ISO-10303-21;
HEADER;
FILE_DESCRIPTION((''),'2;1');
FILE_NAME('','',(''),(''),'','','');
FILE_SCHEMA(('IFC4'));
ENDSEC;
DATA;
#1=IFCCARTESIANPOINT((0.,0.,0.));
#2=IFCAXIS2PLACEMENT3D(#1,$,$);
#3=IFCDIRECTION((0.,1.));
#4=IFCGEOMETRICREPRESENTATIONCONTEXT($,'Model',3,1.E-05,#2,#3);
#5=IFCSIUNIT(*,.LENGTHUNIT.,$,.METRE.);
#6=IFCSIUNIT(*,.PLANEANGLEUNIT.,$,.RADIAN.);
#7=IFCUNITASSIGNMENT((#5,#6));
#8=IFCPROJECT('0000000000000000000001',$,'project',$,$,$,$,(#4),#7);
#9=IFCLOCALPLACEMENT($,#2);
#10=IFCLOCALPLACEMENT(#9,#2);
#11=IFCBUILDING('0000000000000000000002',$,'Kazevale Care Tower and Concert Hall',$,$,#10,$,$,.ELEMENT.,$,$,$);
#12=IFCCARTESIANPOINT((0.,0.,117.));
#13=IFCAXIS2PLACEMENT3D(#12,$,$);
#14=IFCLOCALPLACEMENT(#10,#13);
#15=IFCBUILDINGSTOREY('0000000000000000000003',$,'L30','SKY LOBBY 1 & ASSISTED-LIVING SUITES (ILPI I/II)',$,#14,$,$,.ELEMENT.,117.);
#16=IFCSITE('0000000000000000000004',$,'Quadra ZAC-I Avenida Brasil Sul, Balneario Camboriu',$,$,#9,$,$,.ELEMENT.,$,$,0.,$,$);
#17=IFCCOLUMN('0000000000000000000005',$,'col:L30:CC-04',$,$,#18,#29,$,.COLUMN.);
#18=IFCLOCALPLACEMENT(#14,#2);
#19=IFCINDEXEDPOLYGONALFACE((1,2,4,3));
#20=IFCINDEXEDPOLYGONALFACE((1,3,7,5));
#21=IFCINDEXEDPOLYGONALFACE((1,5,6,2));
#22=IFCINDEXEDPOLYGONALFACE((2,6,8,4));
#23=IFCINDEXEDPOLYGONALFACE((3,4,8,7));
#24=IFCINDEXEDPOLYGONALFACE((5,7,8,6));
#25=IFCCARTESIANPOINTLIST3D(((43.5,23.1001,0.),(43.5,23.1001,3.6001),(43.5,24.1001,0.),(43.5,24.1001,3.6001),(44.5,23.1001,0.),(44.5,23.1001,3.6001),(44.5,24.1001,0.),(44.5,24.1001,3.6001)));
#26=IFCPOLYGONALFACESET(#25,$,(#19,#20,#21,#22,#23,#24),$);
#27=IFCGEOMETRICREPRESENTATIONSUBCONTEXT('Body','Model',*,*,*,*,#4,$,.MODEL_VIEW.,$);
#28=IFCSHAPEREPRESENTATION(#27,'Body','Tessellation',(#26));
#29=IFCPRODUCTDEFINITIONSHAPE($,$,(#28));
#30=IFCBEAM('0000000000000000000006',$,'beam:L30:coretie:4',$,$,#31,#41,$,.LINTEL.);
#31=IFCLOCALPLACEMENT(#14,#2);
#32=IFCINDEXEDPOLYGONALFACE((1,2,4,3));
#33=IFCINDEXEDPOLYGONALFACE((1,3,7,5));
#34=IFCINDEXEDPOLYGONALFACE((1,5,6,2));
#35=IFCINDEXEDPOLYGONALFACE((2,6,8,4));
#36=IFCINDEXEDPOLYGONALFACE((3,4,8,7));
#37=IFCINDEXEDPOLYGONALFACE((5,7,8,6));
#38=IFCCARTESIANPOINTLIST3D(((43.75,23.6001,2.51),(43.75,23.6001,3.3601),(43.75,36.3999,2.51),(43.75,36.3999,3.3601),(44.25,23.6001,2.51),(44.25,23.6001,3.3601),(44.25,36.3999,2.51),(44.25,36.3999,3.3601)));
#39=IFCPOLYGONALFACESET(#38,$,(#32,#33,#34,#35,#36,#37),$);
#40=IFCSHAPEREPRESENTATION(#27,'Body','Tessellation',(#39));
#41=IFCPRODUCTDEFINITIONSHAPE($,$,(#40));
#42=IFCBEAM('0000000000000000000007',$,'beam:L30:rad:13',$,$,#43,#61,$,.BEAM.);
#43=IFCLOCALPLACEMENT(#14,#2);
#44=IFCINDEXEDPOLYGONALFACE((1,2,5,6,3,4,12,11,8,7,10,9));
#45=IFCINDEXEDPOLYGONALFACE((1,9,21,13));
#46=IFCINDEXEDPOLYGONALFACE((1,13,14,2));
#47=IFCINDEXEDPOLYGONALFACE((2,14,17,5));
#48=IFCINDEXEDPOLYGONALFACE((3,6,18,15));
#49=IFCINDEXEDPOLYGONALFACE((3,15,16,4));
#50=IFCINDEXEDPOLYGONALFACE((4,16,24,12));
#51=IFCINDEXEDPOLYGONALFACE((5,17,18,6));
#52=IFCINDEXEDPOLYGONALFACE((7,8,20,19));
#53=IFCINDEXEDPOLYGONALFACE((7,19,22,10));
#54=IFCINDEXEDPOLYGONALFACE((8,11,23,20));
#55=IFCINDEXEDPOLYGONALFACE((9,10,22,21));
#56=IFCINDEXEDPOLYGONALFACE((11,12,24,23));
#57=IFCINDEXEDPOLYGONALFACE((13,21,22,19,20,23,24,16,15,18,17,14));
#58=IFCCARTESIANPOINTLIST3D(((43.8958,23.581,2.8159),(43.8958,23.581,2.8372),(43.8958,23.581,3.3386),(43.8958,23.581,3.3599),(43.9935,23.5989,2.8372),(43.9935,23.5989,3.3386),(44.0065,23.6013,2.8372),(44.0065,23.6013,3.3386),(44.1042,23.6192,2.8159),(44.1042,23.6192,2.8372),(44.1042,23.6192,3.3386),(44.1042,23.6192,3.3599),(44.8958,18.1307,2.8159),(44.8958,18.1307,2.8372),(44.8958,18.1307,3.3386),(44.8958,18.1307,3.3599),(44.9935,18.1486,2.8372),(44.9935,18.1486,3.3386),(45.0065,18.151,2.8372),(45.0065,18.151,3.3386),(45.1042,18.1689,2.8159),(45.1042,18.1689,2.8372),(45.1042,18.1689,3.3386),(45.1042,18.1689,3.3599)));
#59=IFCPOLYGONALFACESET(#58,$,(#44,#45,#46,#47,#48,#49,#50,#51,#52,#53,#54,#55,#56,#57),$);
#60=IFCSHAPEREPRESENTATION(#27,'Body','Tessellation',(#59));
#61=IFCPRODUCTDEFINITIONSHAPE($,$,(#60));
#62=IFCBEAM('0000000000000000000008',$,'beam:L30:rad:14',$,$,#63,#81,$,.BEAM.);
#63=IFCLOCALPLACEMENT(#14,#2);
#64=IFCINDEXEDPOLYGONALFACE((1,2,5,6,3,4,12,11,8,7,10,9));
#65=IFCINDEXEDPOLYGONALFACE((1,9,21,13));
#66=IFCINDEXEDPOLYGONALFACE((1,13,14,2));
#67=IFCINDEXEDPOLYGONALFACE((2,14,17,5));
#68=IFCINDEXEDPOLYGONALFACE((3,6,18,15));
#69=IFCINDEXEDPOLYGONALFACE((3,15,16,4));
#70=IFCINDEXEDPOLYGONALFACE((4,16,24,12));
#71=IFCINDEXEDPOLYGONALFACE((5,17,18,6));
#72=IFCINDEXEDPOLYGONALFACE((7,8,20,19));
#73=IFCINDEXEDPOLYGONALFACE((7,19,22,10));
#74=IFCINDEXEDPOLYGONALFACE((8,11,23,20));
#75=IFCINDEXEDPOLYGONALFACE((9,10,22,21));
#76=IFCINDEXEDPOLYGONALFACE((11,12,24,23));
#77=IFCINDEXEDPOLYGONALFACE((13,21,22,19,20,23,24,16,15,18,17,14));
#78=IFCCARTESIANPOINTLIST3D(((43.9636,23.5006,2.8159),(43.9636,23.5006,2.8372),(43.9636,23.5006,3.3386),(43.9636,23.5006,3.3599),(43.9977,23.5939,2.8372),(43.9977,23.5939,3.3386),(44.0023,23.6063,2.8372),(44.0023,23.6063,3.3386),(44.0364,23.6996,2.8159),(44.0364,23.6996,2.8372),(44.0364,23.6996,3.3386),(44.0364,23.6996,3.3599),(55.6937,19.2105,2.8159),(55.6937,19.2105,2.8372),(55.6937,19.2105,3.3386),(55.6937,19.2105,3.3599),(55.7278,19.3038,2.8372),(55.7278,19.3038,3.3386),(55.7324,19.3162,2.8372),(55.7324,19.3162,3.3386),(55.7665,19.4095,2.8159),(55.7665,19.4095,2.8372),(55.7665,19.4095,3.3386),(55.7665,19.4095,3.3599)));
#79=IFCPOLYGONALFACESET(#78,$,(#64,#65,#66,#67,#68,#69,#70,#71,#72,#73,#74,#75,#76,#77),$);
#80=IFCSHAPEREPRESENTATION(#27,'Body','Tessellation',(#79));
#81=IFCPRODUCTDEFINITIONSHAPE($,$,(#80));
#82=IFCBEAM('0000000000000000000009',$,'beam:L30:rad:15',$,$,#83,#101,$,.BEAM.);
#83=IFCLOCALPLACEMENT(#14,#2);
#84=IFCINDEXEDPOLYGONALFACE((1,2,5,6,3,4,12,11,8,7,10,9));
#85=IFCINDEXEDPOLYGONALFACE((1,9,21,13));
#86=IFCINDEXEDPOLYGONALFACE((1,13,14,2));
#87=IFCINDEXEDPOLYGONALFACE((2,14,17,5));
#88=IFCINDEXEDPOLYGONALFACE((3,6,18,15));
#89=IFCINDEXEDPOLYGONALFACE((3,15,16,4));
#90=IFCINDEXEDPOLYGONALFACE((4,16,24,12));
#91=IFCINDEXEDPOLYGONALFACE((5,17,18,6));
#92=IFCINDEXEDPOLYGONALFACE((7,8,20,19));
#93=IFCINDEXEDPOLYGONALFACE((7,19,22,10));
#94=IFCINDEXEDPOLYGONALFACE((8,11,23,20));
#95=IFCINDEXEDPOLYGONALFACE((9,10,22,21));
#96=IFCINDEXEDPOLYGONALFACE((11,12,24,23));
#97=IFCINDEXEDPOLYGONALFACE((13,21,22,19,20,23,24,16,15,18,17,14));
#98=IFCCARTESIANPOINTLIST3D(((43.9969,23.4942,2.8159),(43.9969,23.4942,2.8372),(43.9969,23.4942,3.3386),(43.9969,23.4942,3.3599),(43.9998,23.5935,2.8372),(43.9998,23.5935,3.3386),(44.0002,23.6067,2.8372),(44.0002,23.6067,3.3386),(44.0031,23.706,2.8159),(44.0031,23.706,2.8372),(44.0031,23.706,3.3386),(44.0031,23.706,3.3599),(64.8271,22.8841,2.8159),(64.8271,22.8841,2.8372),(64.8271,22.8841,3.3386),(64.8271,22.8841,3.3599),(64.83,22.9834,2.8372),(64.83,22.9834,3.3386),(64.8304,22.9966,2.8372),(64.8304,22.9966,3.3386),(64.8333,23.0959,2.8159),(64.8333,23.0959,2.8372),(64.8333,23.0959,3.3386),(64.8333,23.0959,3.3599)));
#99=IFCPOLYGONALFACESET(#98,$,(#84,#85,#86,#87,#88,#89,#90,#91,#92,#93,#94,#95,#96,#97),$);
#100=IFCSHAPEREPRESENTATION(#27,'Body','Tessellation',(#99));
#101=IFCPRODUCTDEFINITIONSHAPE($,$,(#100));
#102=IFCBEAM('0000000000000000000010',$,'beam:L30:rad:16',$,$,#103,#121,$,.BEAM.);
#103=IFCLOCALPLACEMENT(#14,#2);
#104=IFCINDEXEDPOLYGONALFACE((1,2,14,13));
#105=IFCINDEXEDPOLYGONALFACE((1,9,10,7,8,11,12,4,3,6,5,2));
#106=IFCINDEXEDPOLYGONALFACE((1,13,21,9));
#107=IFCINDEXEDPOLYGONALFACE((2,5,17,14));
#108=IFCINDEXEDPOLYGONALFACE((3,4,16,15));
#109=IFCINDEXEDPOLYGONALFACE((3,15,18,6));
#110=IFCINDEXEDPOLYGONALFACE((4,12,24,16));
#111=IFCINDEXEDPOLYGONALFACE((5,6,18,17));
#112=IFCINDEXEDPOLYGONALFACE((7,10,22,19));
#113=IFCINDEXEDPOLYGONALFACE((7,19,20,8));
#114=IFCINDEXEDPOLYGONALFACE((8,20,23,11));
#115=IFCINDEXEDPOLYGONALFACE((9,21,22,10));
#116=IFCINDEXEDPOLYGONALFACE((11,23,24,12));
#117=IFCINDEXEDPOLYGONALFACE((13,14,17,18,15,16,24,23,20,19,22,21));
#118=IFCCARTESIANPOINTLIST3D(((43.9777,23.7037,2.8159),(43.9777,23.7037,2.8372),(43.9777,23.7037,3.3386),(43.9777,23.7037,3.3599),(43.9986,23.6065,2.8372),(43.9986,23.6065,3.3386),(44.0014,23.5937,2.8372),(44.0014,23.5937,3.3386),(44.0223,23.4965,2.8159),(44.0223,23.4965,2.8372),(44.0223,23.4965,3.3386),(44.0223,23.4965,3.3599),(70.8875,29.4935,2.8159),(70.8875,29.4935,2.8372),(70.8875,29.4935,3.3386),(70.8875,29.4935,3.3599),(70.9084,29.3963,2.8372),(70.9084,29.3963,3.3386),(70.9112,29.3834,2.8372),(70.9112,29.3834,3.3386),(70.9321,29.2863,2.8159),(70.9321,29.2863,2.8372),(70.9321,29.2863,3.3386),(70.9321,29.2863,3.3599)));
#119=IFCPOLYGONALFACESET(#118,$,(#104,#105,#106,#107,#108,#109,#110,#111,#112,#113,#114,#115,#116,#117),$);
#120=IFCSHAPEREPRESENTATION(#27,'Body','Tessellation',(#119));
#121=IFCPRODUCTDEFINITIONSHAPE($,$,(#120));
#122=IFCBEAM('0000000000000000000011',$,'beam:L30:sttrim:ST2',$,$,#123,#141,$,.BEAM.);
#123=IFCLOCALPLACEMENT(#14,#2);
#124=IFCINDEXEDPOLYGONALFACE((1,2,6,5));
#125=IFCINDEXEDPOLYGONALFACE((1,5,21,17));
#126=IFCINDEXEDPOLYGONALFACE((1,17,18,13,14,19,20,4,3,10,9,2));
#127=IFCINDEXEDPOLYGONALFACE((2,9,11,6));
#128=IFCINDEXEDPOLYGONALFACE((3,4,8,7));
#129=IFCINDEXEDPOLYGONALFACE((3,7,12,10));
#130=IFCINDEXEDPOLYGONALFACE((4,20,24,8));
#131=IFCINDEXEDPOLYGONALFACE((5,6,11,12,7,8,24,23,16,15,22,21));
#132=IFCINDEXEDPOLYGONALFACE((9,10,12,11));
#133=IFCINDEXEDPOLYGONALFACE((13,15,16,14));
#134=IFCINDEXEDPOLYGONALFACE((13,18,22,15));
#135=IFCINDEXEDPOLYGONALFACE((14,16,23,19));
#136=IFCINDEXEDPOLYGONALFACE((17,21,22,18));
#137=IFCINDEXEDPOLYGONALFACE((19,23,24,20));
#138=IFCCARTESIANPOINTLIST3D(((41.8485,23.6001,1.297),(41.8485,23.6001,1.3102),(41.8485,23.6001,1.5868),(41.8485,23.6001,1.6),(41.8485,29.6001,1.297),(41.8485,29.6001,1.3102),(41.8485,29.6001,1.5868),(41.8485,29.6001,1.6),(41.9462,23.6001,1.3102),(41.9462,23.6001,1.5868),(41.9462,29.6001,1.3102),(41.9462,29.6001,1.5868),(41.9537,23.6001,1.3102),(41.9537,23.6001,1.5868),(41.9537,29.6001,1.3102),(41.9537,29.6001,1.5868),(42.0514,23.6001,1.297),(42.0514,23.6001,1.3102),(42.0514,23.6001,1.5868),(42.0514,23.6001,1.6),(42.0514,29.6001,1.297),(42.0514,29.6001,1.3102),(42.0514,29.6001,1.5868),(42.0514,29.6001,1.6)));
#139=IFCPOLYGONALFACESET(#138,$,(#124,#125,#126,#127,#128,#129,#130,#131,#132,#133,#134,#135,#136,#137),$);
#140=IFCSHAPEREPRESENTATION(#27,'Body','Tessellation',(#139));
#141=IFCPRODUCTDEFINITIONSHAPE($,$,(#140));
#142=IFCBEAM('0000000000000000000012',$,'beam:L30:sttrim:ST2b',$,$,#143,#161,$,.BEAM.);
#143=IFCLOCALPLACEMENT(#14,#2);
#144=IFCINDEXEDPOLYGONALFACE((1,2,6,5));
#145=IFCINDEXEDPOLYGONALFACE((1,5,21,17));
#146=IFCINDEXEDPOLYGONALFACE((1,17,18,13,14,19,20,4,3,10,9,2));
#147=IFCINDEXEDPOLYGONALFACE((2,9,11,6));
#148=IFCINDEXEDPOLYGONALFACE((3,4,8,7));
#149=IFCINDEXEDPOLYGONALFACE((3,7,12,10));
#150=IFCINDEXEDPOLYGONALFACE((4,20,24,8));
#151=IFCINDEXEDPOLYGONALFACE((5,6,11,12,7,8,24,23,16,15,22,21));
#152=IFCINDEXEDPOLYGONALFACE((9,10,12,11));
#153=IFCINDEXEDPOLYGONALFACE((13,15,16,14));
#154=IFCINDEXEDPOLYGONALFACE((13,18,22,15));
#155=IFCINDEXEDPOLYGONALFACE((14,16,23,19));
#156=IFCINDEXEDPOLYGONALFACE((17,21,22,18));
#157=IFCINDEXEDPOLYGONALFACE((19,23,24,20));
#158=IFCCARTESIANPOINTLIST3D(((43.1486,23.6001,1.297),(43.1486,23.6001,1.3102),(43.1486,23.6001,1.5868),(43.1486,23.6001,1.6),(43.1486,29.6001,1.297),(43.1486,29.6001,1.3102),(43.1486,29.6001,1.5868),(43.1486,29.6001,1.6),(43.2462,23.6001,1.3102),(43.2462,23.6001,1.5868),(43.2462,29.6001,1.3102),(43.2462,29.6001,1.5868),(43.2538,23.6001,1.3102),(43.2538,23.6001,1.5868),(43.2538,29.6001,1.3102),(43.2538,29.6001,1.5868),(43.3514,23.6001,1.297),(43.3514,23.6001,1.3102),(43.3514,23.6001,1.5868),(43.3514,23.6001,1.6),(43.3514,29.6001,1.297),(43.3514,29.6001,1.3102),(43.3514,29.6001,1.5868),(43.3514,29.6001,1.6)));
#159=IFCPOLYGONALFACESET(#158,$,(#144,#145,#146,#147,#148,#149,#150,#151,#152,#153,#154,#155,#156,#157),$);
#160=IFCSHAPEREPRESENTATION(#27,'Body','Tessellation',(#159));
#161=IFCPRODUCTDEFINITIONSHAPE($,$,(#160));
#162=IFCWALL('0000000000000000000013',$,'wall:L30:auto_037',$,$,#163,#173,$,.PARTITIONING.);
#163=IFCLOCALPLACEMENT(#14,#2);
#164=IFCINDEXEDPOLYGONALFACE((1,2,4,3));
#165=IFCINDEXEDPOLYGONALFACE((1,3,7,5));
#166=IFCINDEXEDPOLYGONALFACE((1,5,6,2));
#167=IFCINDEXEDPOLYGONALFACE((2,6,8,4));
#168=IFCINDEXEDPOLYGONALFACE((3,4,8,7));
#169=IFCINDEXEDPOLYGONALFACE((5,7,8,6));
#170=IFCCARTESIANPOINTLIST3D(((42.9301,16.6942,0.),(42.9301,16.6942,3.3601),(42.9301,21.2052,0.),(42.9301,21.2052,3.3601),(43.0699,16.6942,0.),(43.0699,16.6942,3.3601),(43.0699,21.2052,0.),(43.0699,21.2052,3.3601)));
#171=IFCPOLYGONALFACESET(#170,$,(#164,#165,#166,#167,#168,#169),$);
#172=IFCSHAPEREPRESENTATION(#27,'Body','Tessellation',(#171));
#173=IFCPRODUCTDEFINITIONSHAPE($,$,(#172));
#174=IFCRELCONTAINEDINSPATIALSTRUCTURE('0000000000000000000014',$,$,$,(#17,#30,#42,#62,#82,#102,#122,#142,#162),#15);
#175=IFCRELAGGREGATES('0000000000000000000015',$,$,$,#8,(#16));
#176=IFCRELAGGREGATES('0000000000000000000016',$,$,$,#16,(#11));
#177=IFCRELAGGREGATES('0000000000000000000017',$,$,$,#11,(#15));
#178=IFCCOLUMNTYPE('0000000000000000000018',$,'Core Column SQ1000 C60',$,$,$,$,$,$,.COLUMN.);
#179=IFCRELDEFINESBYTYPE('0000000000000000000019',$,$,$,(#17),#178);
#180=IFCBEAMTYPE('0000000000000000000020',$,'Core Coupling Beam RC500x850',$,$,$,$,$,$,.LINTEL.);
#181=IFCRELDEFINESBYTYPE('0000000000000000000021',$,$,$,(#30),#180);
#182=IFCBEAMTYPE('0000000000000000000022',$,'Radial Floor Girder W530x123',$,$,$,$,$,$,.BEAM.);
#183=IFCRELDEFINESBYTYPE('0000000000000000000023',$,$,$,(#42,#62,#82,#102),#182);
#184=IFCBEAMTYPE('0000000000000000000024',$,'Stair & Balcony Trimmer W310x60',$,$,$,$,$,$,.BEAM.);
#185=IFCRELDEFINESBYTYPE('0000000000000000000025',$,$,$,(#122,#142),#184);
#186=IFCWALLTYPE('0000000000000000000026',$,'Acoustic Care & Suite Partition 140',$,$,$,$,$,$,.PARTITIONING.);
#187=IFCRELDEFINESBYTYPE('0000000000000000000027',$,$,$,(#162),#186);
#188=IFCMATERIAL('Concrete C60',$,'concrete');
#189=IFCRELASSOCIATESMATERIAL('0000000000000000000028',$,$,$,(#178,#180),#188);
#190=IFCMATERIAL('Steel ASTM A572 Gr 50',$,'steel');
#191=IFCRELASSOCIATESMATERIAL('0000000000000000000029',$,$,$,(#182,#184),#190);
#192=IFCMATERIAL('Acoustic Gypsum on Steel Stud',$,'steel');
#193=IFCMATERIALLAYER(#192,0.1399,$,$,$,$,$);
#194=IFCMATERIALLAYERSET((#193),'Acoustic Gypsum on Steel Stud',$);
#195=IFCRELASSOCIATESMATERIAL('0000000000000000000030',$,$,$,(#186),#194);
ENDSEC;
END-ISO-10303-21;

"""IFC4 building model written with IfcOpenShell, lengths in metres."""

from ifc_helpers import new_model, si_unit, direction, frame, frame_2d, origin, origin_2d, place, context, subcontext, project, spatial, rectangle, i_section, extrude, material, layer, layer_set, material_profile, profile_set, type_object, element, save


model = new_model("IFC4")

# Units and contexts
model_context = context("Model", 3, precision=1e-05, world=origin(), true_north=direction((0.0, 1.0)))
body_context = subcontext(model_context, "Body", "Model", "MODEL_VIEW")
ifc_project = project(units=[si_unit("LENGTHUNIT", "METRE"), si_unit("PLANEANGLEUNIT", "RADIAN")], contexts=[model_context])

# Site, building, storey
site_placement = place(None, origin())
site = spatial("IfcSite", under=ifc_project, at=site_placement, Name="Quadra ZAC-I Avenida Brasil Sul, Balneario Camboriu", CompositionType="ELEMENT", RefElevation=0.0)
building_placement = place(site_placement, origin())
building = spatial("IfcBuilding", under=site, at=building_placement, Name="Kazevale Care Tower and Concert Hall", CompositionType="ELEMENT")
storey_placement = place(building_placement, frame((0.0, 0.0, 117.0)))
storey = spatial("IfcBuildingStorey", under=building, at=storey_placement, Name="L30", Description="SKY LOBBY 1 & ASSISTED-LIVING SUITES (ILPI I/II)", CompositionType="ELEMENT", Elevation=117.0)

# Column
ifc_material_1 = material(Name="Concrete C60", Category="concrete")
ifc_material_profile_1 = material_profile(ifc_material_1, rectangle(XDim=1.0, YDim=1.0, at=origin_2d()), Name="RC-SQ1000")
ifc_profile_set_1 = profile_set([ifc_material_profile_1], Name="Concrete C60")
column_type = type_object("IfcColumnType", Name="Core Column SQ1000 C60", PredefinedType="COLUMN", material=ifc_profile_set_1)
column_placement = place(storey_placement, frame((44.0, 23.6001, 0.0), z_axis=(0.0, 0.0, 1.0), x_axis=(1.0, 0.0, 0.0)))
element("IfcColumn", 1, at=column_placement, inside=storey, type_object=column_type, Name="col:L30:CC-04", PredefinedType="COLUMN", context=body_context, shape_type="SweptSolid", body=[
    extrude(rectangle(XDim=1.0, YDim=1.0, at=origin_2d()), origin(), (0.0, 0.0, 1.0), 3.6001),
])

# Beams
ifc_material_profile_2 = material_profile(ifc_material_1, rectangle(XDim=0.5, YDim=0.8501, at=origin_2d()), Name="RC-B500x850")
ifc_profile_set_2 = profile_set([ifc_material_profile_2], Name="Concrete C60")
beam_type_1 = type_object("IfcBeamType", Name="Core Coupling Beam RC500x850", PredefinedType="LINTEL", material=ifc_profile_set_2)
beam_1_placement = place(storey_placement, frame((44.0, 23.6001, 2.9351), z_axis=(0.0, 1.0, 0.0), x_axis=(-1.0, 0.0, 0.0)))
element("IfcBeam", 2, at=beam_1_placement, inside=storey, type_object=beam_type_1, Name="beam:L30:coretie:4", PredefinedType="LINTEL", context=body_context, shape_type="SweptSolid", body=[
    extrude(rectangle(XDim=0.5, YDim=0.8501, at=origin_2d()), origin(), (0.0, 0.0, 1.0), 12.7998),
])
ifc_material_2 = material(Name="Steel ASTM A572 Gr 50", Category="steel")
ifc_material_profile_3 = material_profile(ifc_material_2, i_section(OverallWidth=0.2119, OverallDepth=0.5439, WebThickness=0.0132, FlangeThickness=0.0212, at=origin_2d()), Name="W530x123")
ifc_profile_set_3 = profile_set([ifc_material_profile_3], Name="Steel ASTM A572 Gr 50")
beam_type_2 = type_object("IfcBeamType", Name="Radial Floor Girder W530x123", PredefinedType="BEAM", material=ifc_profile_set_3)
beam_2_placement = place(storey_placement, frame((44.0, 23.6001, 3.0879), z_axis=(0.180467, -0.983581, 0.0), x_axis=(0.983581, 0.180467, 0.0)))
element("IfcBeam", 3, at=beam_2_placement, inside=storey, type_object=beam_type_2, Name="beam:L30:rad:13", PredefinedType="BEAM", context=body_context, shape_type="SweptSolid", body=[
    extrude(i_section(OverallWidth=0.2119, OverallDepth=0.5439, WebThickness=0.0132, FlangeThickness=0.0212, at=origin_2d()), origin(), (0.0, 0.0, 1.0), 5.5413),
])
beam_3_placement = place(storey_placement, frame((44.0, 23.6001, 3.0879), z_axis=(0.939159, -0.343481, 0.0), x_axis=(0.343481, 0.939159, 0.0)))
element("IfcBeam", 4, at=beam_3_placement, inside=storey, type_object=beam_type_2, Name="beam:L30:rad:14", PredefinedType="BEAM", context=body_context, shape_type="SweptSolid", body=[
    extrude(i_section(OverallWidth=0.2119, OverallDepth=0.5439, WebThickness=0.0132, FlangeThickness=0.0212, at=origin_2d()), origin(), (0.0, 0.0, 1.0), 12.49),
])
beam_4_placement = place(storey_placement, frame((44.0, 23.6001, 3.0879), z_axis=(0.999571, -0.029277, 0.0), x_axis=(0.029277, 0.999571, 0.0)))
element("IfcBeam", 5, at=beam_4_placement, inside=storey, type_object=beam_type_2, Name="beam:L30:rad:15", PredefinedType="BEAM", context=body_context, shape_type="SweptSolid", body=[
    extrude(i_section(OverallWidth=0.2119, OverallDepth=0.5439, WebThickness=0.0132, FlangeThickness=0.0212, at=origin_2d()), origin(), (0.0, 0.0, 1.0), 20.8391),
])
beam_5_placement = place(storey_placement, frame((44.0, 23.6001, 3.0879), z_axis=(0.977628, 0.210341, 0.0), x_axis=(-0.210341, 0.977628, 0.0)))
element("IfcBeam", 6, at=beam_5_placement, inside=storey, type_object=beam_type_2, Name="beam:L30:rad:16", PredefinedType="BEAM", context=body_context, shape_type="SweptSolid", body=[
    extrude(i_section(OverallWidth=0.2119, OverallDepth=0.5439, WebThickness=0.0132, FlangeThickness=0.0212, at=origin_2d()), origin(), (0.0, 0.0, 1.0), 27.5256),
])
ifc_material_profile_4 = material_profile(ifc_material_2, i_section(OverallWidth=0.2029, OverallDepth=0.303, WebThickness=0.0076, FlangeThickness=0.0132, at=origin_2d()), Name="W310x60")
ifc_profile_set_4 = profile_set([ifc_material_profile_4], Name="Steel ASTM A572 Gr 50")
beam_type_3 = type_object("IfcBeamType", Name="Stair & Balcony Trimmer W310x60", PredefinedType="BEAM", material=ifc_profile_set_4)
for number, where, z_axis, x_axis, name in (
    (7, (41.95, 23.6001, 1.4485), (0.0, 1.0, 0.0), (-1.0, 0.0, 0.0), "beam:L30:sttrim:ST2"),
    (8, (43.25, 23.6001, 1.4485), (0.0, 1.0, 0.0), (-1.0, 0.0, 0.0), "beam:L30:sttrim:ST2b"),
):
    element("IfcBeam", number, at=place(storey_placement, frame(where, z_axis=z_axis, x_axis=x_axis)), inside=storey, type_object=beam_type_3, Name=name, PredefinedType="BEAM", context=body_context, shape_type="SweptSolid", body=[
        extrude(i_section(OverallWidth=0.2029, OverallDepth=0.303, WebThickness=0.0076, FlangeThickness=0.0132, at=origin_2d()), origin(), (0.0, 0.0, 1.0), 6.0),
    ])

# Wall
ifc_material_3 = material(Name="Acoustic Gypsum on Steel Stud", Category="steel")
ifc_layer_1 = layer(ifc_material_3, 0.1399)
ifc_layer_set_1 = layer_set([ifc_layer_1], Name="Acoustic Gypsum on Steel Stud")
wall_type_1 = type_object("IfcWallType", Name="Acoustic Care & Suite Partition 140", PredefinedType="PARTITIONING", material=ifc_layer_set_1)
wall_1_placement = place(storey_placement, frame((43.0, 21.2051, 0.0), z_axis=(0.0, 0.0, 1.0), x_axis=(0.0, -1.0, 0.0)))
element("IfcWall", 9, at=wall_1_placement, inside=storey, type_object=wall_type_1, Name="wall:L30:auto_037", PredefinedType="PARTITIONING", context=body_context, shape_type="SweptSolid", body=[
    extrude(rectangle(XDim=4.511, YDim=0.1399, at=frame_2d((2.2554, 0.0))), origin(), (0.0, 0.0, 1.0), 3.3601),
])

save(model, "model.ifc")
